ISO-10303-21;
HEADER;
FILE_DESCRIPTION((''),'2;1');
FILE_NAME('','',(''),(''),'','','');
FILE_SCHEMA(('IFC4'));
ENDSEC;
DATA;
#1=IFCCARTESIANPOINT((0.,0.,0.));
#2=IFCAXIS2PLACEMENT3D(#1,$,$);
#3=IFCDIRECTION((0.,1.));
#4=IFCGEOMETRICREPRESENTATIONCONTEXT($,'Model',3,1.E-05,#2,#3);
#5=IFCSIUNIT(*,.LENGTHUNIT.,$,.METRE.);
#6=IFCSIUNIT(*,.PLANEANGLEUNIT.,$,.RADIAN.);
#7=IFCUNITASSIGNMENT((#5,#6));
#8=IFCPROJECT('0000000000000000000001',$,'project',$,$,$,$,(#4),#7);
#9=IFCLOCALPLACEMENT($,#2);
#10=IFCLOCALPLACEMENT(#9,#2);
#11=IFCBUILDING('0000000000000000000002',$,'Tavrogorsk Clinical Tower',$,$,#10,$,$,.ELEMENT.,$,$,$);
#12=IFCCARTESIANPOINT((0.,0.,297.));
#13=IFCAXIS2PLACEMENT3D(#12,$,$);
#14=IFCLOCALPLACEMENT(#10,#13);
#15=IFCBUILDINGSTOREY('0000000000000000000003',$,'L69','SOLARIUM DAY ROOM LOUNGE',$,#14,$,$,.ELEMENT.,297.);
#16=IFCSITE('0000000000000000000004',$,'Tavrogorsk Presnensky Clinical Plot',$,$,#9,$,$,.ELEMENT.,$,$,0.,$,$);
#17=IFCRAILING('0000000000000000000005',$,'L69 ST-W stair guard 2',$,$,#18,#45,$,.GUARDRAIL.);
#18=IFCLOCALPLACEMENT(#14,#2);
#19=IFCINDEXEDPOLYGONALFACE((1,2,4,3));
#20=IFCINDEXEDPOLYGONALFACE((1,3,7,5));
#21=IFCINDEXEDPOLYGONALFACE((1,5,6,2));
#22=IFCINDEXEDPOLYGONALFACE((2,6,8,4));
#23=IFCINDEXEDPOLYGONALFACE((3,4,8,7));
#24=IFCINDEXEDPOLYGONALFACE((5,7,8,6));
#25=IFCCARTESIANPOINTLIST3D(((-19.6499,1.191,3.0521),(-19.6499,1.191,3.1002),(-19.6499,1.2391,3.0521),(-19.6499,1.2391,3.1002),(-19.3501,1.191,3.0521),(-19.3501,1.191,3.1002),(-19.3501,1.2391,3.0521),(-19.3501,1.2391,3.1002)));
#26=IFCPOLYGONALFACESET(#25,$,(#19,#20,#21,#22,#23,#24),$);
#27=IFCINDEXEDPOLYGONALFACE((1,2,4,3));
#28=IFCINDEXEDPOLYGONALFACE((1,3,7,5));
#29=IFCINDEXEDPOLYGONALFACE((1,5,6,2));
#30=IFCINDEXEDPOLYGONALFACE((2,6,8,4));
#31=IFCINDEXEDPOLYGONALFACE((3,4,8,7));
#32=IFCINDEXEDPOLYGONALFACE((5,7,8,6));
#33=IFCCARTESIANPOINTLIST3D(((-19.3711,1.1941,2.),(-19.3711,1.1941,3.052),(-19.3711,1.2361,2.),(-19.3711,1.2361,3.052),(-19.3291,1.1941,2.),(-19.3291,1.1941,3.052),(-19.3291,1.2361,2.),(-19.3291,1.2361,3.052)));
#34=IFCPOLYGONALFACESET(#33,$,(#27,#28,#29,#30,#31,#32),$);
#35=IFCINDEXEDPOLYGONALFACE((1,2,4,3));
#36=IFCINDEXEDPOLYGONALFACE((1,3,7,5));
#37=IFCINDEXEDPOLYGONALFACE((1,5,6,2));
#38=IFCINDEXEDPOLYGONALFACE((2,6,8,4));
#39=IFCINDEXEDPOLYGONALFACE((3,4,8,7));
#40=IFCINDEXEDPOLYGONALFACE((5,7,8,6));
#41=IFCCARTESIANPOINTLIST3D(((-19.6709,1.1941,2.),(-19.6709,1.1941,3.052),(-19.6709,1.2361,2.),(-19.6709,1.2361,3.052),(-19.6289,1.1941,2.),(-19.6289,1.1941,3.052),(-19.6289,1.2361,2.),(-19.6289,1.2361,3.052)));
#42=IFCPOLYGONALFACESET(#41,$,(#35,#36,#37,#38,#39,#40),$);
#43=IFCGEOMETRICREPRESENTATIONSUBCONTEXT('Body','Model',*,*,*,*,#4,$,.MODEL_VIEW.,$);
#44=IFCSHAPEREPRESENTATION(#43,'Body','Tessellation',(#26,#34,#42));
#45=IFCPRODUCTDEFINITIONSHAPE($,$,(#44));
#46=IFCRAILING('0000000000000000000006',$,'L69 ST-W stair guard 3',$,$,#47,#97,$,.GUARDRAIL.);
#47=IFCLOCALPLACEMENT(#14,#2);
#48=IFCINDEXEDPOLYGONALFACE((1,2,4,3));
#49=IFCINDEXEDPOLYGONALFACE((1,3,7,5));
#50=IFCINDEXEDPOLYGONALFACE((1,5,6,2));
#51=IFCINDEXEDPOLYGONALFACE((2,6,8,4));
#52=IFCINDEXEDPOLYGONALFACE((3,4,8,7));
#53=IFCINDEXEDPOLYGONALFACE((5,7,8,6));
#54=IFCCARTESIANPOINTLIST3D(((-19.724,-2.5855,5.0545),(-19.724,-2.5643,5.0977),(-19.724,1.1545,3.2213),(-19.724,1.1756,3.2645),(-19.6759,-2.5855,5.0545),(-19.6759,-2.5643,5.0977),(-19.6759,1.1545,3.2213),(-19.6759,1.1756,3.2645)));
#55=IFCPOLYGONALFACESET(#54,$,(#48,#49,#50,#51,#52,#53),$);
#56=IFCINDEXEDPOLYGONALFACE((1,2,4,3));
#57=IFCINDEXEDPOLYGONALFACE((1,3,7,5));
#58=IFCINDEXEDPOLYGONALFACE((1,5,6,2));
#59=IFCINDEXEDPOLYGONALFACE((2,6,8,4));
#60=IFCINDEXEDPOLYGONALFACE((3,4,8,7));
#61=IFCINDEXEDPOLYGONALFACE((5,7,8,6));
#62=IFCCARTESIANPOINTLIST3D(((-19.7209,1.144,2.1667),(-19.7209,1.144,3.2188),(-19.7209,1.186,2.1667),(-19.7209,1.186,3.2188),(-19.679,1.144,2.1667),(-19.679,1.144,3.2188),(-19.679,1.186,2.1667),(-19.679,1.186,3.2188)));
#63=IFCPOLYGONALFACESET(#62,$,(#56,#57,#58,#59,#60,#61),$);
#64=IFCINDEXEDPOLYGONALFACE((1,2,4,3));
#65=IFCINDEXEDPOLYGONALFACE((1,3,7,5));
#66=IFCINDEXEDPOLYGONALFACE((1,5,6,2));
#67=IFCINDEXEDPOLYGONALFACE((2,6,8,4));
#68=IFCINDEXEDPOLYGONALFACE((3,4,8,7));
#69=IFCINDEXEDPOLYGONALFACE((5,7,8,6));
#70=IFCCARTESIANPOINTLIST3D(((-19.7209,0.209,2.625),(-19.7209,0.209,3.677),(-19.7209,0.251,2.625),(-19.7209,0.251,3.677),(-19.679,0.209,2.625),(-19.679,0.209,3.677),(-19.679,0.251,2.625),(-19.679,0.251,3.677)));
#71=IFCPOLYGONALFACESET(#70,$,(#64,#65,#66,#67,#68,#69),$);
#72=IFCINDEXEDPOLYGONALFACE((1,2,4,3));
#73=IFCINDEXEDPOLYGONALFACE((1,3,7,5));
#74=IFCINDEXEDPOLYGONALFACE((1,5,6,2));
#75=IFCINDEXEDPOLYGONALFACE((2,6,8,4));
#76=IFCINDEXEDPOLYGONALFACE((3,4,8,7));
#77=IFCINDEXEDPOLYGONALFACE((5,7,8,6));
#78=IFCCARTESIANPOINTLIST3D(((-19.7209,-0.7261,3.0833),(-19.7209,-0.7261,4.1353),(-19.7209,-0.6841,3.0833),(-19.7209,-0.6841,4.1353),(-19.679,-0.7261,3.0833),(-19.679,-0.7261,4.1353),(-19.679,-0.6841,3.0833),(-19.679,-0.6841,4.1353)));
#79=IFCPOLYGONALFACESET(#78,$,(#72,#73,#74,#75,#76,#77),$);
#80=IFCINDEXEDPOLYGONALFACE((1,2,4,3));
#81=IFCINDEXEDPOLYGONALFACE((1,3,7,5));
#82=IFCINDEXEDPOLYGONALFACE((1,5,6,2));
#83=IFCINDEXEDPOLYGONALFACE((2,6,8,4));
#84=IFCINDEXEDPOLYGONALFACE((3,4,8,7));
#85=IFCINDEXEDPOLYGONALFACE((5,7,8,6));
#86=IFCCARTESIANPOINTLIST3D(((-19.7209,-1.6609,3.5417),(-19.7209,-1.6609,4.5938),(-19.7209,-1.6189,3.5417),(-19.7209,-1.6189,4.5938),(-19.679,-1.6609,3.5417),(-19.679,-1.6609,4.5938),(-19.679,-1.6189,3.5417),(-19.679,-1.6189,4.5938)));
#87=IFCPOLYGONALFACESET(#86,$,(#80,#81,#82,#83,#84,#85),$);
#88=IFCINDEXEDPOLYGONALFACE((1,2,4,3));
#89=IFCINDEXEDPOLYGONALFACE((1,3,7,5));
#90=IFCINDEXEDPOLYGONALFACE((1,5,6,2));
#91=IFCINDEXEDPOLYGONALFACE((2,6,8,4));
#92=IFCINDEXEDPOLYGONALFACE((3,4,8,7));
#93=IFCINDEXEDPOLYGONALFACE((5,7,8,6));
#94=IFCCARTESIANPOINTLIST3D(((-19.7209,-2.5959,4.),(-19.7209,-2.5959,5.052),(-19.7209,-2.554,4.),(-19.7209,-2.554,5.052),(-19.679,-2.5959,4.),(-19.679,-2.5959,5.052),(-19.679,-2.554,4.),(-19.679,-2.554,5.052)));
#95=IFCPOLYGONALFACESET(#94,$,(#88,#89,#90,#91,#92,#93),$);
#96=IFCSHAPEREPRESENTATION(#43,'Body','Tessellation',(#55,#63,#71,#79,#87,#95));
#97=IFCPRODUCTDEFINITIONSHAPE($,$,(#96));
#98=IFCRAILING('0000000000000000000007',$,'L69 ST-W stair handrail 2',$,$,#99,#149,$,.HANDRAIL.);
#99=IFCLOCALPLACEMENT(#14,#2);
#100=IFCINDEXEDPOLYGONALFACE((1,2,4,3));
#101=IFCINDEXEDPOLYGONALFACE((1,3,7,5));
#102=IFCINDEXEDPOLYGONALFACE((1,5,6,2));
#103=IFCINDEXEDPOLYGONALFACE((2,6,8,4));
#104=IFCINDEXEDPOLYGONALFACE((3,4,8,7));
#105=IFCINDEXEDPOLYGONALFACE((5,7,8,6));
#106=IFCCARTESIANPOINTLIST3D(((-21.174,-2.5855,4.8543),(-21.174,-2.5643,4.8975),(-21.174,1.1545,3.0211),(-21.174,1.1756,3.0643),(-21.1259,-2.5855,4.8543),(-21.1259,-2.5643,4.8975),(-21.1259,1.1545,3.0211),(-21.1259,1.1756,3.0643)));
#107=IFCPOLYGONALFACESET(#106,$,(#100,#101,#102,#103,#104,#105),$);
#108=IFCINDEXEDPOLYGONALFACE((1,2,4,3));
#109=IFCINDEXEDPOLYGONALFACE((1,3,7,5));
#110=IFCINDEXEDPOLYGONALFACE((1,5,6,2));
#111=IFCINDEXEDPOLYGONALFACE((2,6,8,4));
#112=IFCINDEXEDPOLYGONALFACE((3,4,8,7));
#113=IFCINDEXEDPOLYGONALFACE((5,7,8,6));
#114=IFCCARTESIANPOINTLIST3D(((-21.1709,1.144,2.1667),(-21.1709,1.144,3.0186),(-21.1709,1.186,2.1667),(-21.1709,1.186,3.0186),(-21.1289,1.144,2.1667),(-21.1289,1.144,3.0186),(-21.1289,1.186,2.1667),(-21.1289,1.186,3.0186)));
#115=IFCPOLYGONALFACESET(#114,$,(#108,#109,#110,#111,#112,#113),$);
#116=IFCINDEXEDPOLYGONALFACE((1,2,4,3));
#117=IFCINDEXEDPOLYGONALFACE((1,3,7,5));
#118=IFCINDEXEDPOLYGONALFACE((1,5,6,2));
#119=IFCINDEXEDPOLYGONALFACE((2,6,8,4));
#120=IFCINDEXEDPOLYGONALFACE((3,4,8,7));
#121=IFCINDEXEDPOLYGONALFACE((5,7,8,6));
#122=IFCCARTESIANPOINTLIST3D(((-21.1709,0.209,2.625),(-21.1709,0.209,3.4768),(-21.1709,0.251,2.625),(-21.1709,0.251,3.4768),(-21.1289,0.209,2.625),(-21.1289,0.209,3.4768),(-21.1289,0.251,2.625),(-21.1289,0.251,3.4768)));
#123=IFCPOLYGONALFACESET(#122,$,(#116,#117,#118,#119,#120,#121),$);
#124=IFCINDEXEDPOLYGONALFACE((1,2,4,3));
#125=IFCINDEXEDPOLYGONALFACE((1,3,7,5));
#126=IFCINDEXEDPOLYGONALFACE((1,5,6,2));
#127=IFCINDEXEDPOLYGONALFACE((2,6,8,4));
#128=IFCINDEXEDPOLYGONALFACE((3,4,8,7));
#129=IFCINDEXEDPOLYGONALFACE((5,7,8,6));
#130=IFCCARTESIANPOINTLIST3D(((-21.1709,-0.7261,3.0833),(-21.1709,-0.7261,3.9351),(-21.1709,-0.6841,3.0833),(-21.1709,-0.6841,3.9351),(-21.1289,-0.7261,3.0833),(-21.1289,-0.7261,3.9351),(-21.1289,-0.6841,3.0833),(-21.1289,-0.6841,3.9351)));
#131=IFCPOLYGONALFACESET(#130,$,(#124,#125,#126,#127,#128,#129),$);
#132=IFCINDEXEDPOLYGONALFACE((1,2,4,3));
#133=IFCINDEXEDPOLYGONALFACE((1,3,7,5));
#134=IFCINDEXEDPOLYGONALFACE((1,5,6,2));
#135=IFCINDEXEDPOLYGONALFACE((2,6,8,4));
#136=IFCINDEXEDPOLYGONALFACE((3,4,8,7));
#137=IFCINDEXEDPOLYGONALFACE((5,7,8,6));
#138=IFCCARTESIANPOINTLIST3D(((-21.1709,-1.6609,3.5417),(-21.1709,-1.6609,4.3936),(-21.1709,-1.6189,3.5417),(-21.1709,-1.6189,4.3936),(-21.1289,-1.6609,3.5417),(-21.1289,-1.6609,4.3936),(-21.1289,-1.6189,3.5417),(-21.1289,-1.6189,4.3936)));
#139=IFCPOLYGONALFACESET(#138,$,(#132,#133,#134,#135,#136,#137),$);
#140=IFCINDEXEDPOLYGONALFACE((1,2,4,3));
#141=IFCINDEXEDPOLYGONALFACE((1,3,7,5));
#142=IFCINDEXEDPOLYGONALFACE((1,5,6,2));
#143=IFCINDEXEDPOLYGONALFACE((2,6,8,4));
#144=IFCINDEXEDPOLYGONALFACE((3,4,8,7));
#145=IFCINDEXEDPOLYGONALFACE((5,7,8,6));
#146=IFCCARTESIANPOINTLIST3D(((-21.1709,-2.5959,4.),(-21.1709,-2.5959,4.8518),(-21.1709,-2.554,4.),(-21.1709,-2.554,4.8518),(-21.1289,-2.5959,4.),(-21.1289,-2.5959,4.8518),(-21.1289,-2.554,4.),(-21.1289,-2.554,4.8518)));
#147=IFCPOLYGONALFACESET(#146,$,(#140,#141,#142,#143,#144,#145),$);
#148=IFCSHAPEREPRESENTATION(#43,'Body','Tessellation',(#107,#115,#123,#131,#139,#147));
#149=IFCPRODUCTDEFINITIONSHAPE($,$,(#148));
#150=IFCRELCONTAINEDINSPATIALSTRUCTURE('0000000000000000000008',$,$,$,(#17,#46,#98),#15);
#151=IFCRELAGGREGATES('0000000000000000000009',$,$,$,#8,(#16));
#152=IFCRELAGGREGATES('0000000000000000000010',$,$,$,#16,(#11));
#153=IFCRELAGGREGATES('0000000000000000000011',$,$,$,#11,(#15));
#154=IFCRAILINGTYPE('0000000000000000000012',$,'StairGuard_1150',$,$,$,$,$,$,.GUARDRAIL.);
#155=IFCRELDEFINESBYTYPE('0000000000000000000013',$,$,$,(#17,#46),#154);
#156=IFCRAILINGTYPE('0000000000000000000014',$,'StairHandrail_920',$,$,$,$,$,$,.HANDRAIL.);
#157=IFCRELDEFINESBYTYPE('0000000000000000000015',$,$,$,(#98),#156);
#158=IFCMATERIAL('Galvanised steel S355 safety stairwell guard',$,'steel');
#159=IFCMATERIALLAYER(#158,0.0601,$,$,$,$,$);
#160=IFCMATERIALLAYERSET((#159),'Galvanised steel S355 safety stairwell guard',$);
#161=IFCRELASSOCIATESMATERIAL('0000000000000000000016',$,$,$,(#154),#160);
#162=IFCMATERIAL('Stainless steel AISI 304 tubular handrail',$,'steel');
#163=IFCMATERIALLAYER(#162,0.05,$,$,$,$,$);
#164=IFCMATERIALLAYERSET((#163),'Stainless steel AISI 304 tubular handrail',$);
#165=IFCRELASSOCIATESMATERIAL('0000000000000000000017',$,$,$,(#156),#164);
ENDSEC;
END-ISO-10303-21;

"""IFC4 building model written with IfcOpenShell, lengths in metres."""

from ifc_helpers import new_model, si_unit, direction, frame, origin, origin_2d, place, context, subcontext, project, spatial, rectangle, extrude, material, layer, layer_set, type_object, element, save


model = new_model("IFC4")

# Units and contexts
model_context = context("Model", 3, precision=1e-05, world=origin(), true_north=direction((0.0, 1.0)))
body_context = subcontext(model_context, "Body", "Model", "MODEL_VIEW")
ifc_project = project(units=[si_unit("LENGTHUNIT", "METRE"), si_unit("PLANEANGLEUNIT", "RADIAN")], contexts=[model_context])

# Site, building, storey
site_placement = place(None, origin())
site = spatial("IfcSite", under=ifc_project, at=site_placement, Name="Tavrogorsk Presnensky Clinical Plot", CompositionType="ELEMENT", RefElevation=0.0)
building_placement = place(site_placement, origin())
building = spatial("IfcBuilding", under=site, at=building_placement, Name="Tavrogorsk Clinical Tower", CompositionType="ELEMENT")
storey_placement = place(building_placement, frame((0.0, 0.0, 297.0)))
storey = spatial("IfcBuildingStorey", under=building, at=storey_placement, Name="L69", Description="SOLARIUM DAY ROOM LOUNGE", CompositionType="ELEMENT", Elevation=297.0)

# Railings
ifc_material_1 = material(Name="Galvanised steel S355 safety stairwell guard", Category="steel")
ifc_layer_1 = layer(ifc_material_1, 0.0601)
ifc_layer_set_1 = layer_set([ifc_layer_1], Name="Galvanised steel S355 safety stairwell guard")
railing_type_1 = type_object("IfcRailingType", Name="StairGuard_1150", PredefinedType="GUARDRAIL", material=ifc_layer_set_1)
railing_1_placement = place(storey_placement, frame((-19.3501, 1.2151, 2.0)))
element("IfcRailing", 1, at=railing_1_placement, inside=storey, type_object=railing_type_1, Name="L69 ST-W stair guard 2", PredefinedType="GUARDRAIL", context=body_context, shape_type="SweptSolid", body=[
    extrude(rectangle(XDim=0.0481, YDim=0.0481, at=origin_2d()), frame((0.0, 0.0, 1.0762), z_axis=(-1.0, 0.0, 0.0), x_axis=(0.0, -1.0, 0.0)), (0.0, 0.0, 1.0), 0.2998),
    extrude(rectangle(XDim=0.042, YDim=0.042, at=origin_2d()), origin(), (0.0, 0.0, 1.0), 1.052),
    extrude(rectangle(XDim=0.042, YDim=0.042, at=origin_2d()), frame((-0.2998, 0.0, 0.0)), (0.0, 0.0, 1.0), 1.052),
])
railing_2_placement = place(storey_placement, frame((-19.7, 1.165, 2.1667)))
element("IfcRailing", 2, at=railing_2_placement, inside=storey, type_object=railing_type_1, Name="L69 ST-W stair guard 3", PredefinedType="GUARDRAIL", context=body_context, shape_type="SweptSolid", body=[
    extrude(rectangle(XDim=0.0481, YDim=0.0481, at=origin_2d()), frame((0.0, 0.0, 1.0762), z_axis=(0.0, -0.897928, 0.440142), x_axis=(1.0, 0.0, 0.0)), (0.0, 0.0, 1.0), 4.165),
    extrude(rectangle(XDim=0.042, YDim=0.042, at=origin_2d()), origin(), (0.0, 0.0, 1.0), 1.052),
    extrude(rectangle(XDim=0.042, YDim=0.042, at=origin_2d()), frame((0.0, -0.9351, 0.4583)), (0.0, 0.0, 1.0), 1.052),
    extrude(rectangle(XDim=0.042, YDim=0.042, at=origin_2d()), frame((0.0, -1.8701, 0.9165)), (0.0, 0.0, 1.0), 1.052),
    extrude(rectangle(XDim=0.042, YDim=0.042, at=origin_2d()), frame((0.0, -2.8049, 1.375)), (0.0, 0.0, 1.0), 1.052),
    extrude(rectangle(XDim=0.042, YDim=0.042, at=origin_2d()), frame((0.0, -3.74, 1.8333)), (0.0, 0.0, 1.0), 1.052),
])
ifc_material_2 = material(Name="Stainless steel AISI 304 tubular handrail", Category="steel")
ifc_layer_2 = layer(ifc_material_2, 0.05)
ifc_layer_set_2 = layer_set([ifc_layer_2], Name="Stainless steel AISI 304 tubular handrail")
railing_type_2 = type_object("IfcRailingType", Name="StairHandrail_920", PredefinedType="HANDRAIL", material=ifc_layer_set_2)
railing_3_placement = place(storey_placement, frame((-21.1499, 1.165, 2.1667)))
element("IfcRailing", 3, at=railing_3_placement, inside=storey, type_object=railing_type_2, Name="L69 ST-W stair handrail 2", PredefinedType="HANDRAIL", context=body_context, shape_type="SweptSolid", body=[
    extrude(rectangle(XDim=0.0481, YDim=0.0481, at=origin_2d()), frame((0.0, 0.0, 0.876), z_axis=(0.0, -0.897928, 0.440142), x_axis=(1.0, 0.0, 0.0)), (0.0, 0.0, 1.0), 4.165),
    extrude(rectangle(XDim=0.042, YDim=0.042, at=origin_2d()), origin(), (0.0, 0.0, 1.0), 0.8518),
    extrude(rectangle(XDim=0.042, YDim=0.042, at=origin_2d()), frame((0.0, -0.9351, 0.4583)), (0.0, 0.0, 1.0), 0.8518),
    extrude(rectangle(XDim=0.042, YDim=0.042, at=origin_2d()), frame((0.0, -1.8701, 0.9165)), (0.0, 0.0, 1.0), 0.8518),
    extrude(rectangle(XDim=0.042, YDim=0.042, at=origin_2d()), frame((0.0, -2.8049, 1.375)), (0.0, 0.0, 1.0), 0.8518),
    extrude(rectangle(XDim=0.042, YDim=0.042, at=origin_2d()), frame((0.0, -3.74, 1.8333)), (0.0, 0.0, 1.0), 0.8518),
])

save(model, "model.ifc")
